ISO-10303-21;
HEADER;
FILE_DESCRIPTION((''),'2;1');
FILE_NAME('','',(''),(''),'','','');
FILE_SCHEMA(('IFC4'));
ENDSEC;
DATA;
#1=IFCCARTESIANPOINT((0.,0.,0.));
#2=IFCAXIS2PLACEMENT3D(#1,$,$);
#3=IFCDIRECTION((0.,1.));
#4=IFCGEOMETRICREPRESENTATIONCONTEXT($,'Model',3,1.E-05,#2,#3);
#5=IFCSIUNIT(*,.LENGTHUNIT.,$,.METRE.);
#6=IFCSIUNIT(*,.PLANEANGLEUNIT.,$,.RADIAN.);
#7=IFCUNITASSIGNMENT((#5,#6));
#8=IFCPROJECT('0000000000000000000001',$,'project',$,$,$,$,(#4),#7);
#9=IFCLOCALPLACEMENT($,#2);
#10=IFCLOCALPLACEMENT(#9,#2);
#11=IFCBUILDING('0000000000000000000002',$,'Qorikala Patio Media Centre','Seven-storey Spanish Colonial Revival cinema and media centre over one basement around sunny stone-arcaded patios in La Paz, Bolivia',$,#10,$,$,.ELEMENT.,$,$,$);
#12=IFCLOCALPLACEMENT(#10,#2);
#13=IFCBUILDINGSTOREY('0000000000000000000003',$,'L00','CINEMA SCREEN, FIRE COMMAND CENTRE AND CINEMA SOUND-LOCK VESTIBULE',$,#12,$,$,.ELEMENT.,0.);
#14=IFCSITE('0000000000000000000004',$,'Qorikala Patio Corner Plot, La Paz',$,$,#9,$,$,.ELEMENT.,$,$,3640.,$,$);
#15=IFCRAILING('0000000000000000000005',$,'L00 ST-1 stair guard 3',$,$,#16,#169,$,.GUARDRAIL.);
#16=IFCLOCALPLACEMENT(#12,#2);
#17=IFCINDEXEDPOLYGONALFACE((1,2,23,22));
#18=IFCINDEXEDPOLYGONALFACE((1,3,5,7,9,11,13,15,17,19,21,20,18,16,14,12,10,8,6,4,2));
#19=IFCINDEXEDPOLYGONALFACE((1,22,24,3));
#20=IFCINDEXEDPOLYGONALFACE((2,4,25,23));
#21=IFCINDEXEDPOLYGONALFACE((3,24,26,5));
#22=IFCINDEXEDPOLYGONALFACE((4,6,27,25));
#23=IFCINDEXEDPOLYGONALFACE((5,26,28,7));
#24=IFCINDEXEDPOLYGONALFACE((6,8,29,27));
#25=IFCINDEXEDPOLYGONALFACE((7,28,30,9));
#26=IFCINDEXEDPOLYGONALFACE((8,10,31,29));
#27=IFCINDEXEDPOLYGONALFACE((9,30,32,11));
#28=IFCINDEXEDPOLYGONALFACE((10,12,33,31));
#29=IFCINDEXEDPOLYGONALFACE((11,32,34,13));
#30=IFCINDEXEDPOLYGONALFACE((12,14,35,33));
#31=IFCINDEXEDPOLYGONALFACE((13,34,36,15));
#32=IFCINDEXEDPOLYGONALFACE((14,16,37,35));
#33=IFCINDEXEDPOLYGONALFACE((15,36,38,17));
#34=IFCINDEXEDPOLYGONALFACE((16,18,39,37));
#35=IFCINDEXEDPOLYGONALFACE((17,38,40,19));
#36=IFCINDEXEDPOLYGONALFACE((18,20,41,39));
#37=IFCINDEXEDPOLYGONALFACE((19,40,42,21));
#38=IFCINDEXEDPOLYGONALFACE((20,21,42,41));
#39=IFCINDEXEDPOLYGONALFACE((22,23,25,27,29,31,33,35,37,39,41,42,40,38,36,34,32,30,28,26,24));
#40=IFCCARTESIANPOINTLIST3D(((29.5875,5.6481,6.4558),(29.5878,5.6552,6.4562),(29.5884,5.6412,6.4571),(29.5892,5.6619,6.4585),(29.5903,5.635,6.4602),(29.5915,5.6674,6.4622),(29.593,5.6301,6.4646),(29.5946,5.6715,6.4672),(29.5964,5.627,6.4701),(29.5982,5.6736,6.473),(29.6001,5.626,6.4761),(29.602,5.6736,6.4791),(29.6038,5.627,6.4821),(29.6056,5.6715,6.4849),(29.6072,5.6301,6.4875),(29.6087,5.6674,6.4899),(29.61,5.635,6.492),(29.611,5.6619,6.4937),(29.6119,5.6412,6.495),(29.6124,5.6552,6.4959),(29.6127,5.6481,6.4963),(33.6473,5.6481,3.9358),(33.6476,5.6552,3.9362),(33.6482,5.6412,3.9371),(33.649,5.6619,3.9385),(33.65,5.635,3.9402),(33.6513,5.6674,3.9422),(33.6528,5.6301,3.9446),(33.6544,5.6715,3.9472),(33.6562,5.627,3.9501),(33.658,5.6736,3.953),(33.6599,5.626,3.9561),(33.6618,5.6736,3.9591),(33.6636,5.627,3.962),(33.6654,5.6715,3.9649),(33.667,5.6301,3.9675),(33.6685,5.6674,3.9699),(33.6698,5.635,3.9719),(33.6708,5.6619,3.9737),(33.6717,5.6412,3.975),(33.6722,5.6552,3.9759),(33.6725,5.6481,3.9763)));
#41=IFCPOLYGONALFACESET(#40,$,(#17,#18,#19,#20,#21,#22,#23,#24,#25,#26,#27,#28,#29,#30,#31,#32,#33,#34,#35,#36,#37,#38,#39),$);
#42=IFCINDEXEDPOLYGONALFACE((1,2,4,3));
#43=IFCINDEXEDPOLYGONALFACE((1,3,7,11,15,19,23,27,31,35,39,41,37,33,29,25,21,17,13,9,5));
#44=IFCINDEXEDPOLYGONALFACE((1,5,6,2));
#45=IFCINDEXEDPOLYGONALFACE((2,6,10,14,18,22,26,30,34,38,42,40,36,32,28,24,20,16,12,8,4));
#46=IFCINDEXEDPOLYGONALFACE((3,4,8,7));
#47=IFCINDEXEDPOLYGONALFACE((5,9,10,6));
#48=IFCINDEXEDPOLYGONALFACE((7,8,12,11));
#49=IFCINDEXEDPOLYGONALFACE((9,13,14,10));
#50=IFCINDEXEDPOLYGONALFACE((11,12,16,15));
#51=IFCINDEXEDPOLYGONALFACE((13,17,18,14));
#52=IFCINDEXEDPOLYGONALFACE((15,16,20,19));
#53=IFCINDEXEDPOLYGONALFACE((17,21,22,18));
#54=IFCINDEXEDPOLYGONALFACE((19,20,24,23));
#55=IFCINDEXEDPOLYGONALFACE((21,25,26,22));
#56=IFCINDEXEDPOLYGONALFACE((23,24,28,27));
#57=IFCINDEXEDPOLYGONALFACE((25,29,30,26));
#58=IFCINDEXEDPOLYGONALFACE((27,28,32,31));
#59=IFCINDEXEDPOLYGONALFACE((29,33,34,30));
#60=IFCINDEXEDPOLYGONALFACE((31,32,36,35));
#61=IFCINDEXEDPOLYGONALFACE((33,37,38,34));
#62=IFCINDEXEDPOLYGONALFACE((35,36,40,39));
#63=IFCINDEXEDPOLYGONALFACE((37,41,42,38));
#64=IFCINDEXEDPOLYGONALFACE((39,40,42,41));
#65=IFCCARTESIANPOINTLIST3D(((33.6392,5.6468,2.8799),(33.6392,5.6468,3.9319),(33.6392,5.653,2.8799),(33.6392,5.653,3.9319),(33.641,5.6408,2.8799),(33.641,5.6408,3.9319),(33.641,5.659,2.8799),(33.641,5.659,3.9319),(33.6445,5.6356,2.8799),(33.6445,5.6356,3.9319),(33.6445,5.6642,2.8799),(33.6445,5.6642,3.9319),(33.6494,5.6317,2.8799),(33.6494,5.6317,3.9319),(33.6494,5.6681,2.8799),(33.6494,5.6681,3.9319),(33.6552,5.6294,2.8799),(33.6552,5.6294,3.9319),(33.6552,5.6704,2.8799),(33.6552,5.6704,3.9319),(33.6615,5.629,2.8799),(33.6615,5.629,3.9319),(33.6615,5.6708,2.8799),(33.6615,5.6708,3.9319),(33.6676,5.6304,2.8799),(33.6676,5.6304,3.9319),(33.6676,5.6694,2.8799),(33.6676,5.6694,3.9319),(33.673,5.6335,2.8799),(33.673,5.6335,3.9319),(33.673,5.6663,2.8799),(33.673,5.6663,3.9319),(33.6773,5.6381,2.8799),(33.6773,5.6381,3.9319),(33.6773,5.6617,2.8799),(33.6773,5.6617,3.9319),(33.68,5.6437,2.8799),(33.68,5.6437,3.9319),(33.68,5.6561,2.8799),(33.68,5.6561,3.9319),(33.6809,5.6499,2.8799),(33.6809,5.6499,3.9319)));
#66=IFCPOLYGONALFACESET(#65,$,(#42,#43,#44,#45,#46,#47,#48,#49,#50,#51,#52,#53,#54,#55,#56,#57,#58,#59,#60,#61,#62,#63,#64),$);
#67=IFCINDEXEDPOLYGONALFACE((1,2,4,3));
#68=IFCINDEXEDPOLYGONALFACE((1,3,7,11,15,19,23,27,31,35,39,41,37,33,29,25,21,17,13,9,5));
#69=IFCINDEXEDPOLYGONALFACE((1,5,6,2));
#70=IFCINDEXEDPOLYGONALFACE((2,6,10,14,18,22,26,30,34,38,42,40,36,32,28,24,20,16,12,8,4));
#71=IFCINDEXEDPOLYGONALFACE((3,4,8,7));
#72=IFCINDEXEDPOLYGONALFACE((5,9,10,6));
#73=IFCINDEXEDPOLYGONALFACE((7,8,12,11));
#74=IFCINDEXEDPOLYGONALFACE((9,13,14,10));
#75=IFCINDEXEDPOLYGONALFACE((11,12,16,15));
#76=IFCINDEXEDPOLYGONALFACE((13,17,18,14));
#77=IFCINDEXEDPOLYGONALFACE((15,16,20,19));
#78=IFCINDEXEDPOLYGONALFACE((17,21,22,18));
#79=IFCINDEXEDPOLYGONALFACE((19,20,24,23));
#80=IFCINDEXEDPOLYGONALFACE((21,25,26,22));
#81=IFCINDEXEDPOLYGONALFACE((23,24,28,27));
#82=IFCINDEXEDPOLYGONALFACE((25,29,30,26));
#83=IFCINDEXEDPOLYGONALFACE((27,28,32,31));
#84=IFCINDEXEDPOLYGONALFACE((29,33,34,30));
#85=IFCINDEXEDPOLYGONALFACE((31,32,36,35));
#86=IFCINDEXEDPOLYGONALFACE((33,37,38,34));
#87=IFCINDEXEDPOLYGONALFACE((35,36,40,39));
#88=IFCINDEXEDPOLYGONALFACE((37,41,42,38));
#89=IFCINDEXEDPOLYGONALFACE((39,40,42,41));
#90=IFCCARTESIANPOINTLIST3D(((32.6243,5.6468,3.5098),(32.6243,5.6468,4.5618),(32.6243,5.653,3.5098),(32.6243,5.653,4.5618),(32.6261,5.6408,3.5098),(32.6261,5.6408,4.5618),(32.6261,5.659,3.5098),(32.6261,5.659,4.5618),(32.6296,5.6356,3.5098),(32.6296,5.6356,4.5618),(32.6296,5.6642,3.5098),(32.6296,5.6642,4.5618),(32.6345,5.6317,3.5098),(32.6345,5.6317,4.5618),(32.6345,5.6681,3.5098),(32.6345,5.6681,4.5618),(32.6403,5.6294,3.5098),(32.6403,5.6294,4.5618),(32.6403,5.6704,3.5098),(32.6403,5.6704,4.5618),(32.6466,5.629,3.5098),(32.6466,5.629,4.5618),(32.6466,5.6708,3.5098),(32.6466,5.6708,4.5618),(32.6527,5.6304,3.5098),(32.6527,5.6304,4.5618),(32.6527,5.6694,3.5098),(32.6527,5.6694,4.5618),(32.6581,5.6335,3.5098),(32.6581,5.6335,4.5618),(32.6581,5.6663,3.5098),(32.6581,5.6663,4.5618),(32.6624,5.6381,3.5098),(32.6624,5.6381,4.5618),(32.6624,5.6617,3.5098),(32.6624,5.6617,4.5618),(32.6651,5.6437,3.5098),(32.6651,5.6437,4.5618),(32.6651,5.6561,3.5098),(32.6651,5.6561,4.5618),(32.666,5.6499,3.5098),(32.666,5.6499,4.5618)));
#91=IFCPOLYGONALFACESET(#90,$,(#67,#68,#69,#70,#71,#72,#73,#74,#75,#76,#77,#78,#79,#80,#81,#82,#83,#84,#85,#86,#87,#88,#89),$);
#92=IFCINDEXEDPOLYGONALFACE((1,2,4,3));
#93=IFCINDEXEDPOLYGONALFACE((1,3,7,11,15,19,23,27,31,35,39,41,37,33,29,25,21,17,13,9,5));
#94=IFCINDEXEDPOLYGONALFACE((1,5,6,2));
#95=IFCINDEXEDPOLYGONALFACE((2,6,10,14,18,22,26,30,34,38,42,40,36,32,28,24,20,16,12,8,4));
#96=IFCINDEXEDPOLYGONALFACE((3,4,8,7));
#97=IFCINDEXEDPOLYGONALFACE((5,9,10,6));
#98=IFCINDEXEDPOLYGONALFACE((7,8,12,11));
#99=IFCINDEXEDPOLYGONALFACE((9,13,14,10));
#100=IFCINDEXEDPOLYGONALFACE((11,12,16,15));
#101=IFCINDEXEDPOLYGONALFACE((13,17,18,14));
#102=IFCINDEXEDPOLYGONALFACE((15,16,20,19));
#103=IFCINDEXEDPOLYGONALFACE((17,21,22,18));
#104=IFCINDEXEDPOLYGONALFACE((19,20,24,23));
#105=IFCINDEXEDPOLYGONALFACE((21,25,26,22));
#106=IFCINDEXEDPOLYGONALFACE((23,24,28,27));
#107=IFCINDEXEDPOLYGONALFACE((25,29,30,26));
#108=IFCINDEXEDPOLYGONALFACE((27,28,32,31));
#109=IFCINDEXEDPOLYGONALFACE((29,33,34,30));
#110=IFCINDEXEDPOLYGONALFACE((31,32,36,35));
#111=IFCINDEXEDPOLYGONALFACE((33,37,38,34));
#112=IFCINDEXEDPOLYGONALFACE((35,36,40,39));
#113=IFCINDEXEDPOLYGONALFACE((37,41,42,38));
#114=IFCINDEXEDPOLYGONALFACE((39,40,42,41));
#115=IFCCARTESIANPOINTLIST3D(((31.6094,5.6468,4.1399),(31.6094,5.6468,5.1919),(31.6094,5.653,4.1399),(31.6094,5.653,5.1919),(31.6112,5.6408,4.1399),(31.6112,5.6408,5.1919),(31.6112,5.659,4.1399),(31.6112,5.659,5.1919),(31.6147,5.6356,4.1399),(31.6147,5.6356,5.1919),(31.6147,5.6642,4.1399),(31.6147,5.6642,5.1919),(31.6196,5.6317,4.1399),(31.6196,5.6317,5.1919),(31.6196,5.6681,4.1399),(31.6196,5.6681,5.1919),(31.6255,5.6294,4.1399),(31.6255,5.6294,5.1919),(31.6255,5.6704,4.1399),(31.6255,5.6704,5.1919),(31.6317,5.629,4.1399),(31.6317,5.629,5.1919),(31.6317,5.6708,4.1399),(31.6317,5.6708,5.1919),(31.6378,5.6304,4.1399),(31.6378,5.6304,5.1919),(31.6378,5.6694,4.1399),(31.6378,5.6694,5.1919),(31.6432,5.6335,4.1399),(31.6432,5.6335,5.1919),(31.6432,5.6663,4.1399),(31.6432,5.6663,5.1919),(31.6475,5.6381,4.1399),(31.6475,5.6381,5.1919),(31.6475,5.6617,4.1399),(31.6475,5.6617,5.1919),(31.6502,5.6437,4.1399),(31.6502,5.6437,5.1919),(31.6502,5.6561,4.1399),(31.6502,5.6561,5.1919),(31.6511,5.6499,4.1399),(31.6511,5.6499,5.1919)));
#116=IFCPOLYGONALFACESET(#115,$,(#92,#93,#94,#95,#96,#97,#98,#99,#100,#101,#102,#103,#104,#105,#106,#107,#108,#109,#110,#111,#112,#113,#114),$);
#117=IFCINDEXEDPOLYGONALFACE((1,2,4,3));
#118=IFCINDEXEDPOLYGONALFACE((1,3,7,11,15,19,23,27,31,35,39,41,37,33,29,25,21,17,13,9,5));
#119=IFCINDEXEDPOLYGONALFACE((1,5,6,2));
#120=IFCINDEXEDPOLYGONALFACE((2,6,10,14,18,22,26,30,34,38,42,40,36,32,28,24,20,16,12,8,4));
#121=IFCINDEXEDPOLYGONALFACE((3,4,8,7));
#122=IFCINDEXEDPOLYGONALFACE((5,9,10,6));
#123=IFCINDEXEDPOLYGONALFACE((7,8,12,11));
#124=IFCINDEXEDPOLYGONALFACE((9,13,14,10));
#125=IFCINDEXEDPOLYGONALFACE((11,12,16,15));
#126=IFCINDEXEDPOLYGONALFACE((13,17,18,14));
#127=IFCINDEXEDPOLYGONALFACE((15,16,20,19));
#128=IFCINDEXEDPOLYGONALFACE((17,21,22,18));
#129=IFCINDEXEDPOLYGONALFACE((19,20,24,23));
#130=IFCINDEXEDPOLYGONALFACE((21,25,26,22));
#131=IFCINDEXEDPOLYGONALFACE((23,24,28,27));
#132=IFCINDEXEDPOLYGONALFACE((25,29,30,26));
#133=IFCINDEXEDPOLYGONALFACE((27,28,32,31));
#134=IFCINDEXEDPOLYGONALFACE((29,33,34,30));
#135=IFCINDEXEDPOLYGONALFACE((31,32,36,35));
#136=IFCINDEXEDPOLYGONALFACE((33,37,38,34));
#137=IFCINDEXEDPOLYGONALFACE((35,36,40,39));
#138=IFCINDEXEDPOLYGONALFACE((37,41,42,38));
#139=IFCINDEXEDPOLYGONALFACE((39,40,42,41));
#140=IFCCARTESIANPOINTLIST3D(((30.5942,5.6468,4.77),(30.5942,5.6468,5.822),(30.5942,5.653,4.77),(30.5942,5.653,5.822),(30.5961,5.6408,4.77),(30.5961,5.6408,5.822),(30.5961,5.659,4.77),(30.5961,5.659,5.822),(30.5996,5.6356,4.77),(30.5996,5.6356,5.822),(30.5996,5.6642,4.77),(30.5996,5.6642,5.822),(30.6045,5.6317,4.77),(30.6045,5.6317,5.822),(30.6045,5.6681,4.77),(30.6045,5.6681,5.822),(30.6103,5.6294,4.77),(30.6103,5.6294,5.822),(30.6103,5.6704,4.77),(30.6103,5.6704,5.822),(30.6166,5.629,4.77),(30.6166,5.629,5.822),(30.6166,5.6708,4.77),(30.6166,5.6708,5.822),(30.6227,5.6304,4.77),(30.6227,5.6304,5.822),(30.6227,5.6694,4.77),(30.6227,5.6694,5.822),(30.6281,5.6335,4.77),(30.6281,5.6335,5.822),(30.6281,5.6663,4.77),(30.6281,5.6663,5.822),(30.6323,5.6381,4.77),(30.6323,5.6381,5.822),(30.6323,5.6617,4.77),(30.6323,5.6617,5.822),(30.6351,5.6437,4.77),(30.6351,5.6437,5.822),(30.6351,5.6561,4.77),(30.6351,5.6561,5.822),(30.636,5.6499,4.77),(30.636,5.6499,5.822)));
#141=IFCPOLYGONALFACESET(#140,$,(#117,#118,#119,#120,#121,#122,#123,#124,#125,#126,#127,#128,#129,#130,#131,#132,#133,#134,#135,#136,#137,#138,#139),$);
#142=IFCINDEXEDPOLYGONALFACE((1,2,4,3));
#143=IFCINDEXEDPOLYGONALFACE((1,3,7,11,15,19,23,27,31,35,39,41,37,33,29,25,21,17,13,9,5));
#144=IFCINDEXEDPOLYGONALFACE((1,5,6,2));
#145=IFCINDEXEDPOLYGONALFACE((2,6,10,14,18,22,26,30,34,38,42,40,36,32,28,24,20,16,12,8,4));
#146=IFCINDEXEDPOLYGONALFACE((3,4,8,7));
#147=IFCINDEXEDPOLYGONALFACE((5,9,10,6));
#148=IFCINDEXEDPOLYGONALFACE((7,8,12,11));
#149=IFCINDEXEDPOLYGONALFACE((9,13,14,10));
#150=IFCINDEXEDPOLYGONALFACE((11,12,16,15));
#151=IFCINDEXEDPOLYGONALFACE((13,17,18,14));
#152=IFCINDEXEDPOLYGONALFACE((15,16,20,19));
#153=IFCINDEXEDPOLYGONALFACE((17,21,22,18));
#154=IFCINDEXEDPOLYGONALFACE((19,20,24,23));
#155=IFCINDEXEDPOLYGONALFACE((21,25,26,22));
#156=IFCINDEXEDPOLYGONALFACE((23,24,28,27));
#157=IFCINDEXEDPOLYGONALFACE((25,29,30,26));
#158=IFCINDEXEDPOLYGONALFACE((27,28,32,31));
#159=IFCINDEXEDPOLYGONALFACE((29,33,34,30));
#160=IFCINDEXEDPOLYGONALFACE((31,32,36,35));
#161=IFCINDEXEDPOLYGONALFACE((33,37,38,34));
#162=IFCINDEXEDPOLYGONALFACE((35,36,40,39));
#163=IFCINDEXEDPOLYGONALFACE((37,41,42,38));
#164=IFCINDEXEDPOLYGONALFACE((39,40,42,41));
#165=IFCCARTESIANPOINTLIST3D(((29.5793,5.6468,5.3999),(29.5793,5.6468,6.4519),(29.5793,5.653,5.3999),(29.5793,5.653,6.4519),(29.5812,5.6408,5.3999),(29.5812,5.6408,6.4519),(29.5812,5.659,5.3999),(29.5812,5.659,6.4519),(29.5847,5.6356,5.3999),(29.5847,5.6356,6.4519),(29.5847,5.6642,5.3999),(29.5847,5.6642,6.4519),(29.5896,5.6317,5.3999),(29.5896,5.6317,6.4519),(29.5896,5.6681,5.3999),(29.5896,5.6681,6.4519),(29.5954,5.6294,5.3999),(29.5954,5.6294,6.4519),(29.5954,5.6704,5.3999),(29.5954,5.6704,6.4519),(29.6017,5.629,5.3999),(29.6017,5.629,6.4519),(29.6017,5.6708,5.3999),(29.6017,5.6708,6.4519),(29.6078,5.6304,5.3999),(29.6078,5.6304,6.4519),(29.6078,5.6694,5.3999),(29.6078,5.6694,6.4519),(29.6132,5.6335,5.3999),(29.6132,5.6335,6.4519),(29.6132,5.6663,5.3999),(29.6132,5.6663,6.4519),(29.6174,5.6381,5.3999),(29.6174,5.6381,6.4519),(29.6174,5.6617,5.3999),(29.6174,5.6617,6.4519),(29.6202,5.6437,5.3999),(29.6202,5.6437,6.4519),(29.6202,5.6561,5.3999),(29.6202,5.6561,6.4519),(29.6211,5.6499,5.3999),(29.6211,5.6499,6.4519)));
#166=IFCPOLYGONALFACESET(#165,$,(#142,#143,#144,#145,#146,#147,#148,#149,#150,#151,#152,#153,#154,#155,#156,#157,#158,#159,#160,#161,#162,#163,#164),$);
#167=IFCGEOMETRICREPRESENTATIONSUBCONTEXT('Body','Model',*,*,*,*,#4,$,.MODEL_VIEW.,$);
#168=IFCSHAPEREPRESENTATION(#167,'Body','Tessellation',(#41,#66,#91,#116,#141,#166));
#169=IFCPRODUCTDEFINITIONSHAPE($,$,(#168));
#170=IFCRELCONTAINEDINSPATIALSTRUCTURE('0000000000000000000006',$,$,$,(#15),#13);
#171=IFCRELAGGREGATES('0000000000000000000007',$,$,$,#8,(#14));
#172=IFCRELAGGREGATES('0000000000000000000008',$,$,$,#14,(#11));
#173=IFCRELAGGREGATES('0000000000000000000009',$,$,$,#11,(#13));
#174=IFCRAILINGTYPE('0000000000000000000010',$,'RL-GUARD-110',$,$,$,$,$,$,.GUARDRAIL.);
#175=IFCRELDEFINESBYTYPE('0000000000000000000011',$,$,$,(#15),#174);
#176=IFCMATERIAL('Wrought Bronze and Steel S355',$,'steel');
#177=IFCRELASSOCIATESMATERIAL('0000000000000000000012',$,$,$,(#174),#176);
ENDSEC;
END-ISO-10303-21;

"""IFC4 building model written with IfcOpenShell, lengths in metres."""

from ifc_helpers import new_model, si_unit, direction, frame, origin, origin_2d, place, context, subcontext, project, spatial, circle, extrude, material, type_object, element, save


model = new_model("IFC4")

# Units and contexts
model_context = context("Model", 3, precision=1e-05, world=origin(), true_north=direction((0.0, 1.0)))
body_context = subcontext(model_context, "Body", "Model", "MODEL_VIEW")
ifc_project = project(units=[si_unit("LENGTHUNIT", "METRE"), si_unit("PLANEANGLEUNIT", "RADIAN")], contexts=[model_context])

# Site, building, storey
site_placement = place(None, origin())
site = spatial("IfcSite", under=ifc_project, at=site_placement, Name="Qorikala Patio Corner Plot, La Paz", CompositionType="ELEMENT", RefElevation=3640.0)
building_placement = place(site_placement, origin())
building = spatial("IfcBuilding", under=site, at=building_placement, Name="Qorikala Patio Media Centre", Description="Seven-storey Spanish Colonial Revival cinema and media centre over one basement around sunny stone-arcaded patios in La Paz, Bolivia", CompositionType="ELEMENT")
storey_placement = place(building_placement, origin())
storey = spatial("IfcBuildingStorey", under=building, at=storey_placement, Name="L00", Description="CINEMA SCREEN, FIRE COMMAND CENTRE AND CINEMA SOUND-LOCK VESTIBULE", CompositionType="ELEMENT", Elevation=0.0)

# Railing
ifc_material_1 = material(Name="Wrought Bronze and Steel S355", Category="steel")
railing_type_1 = type_object("IfcRailingType", Name="RL-GUARD-110", PredefinedType="GUARDRAIL", material=ifc_material_1)
railing_1_placement = place(storey_placement, frame((33.6599, 5.6499, 2.8799)))
element("IfcRailing", 1, at=railing_1_placement, inside=storey, type_object=railing_type_1, Name="L00 ST-1 stair guard 3", PredefinedType="GUARDRAIL", context=body_context, shape_type="SweptSolid", body=[
    extrude(circle(Radius=0.0239, at=origin_2d()), frame((0.0, 0.0, 1.0762), z_axis=(-0.849628, 0.0, 0.527383), x_axis=(0.0, -1.0, 0.0)), (0.0, 0.0, 1.0), 4.7783),
    extrude(circle(Radius=0.021, at=origin_2d()), origin(), (0.0, 0.0, 1.0), 1.052),
    extrude(circle(Radius=0.021, at=origin_2d()), frame((-1.0149, 0.0, 0.6299)), (0.0, 0.0, 1.0), 1.052),
    extrude(circle(Radius=0.021, at=origin_2d()), frame((-2.0298, 0.0, 1.26)), (0.0, 0.0, 1.0), 1.052),
    extrude(circle(Radius=0.021, at=origin_2d()), frame((-3.0449, 0.0, 1.8901)), (0.0, 0.0, 1.0), 1.052),
    extrude(circle(Radius=0.021, at=origin_2d()), frame((-4.0598, 0.0, 2.52)), (0.0, 0.0, 1.0), 1.052),
])

save(model, "model.ifc")
